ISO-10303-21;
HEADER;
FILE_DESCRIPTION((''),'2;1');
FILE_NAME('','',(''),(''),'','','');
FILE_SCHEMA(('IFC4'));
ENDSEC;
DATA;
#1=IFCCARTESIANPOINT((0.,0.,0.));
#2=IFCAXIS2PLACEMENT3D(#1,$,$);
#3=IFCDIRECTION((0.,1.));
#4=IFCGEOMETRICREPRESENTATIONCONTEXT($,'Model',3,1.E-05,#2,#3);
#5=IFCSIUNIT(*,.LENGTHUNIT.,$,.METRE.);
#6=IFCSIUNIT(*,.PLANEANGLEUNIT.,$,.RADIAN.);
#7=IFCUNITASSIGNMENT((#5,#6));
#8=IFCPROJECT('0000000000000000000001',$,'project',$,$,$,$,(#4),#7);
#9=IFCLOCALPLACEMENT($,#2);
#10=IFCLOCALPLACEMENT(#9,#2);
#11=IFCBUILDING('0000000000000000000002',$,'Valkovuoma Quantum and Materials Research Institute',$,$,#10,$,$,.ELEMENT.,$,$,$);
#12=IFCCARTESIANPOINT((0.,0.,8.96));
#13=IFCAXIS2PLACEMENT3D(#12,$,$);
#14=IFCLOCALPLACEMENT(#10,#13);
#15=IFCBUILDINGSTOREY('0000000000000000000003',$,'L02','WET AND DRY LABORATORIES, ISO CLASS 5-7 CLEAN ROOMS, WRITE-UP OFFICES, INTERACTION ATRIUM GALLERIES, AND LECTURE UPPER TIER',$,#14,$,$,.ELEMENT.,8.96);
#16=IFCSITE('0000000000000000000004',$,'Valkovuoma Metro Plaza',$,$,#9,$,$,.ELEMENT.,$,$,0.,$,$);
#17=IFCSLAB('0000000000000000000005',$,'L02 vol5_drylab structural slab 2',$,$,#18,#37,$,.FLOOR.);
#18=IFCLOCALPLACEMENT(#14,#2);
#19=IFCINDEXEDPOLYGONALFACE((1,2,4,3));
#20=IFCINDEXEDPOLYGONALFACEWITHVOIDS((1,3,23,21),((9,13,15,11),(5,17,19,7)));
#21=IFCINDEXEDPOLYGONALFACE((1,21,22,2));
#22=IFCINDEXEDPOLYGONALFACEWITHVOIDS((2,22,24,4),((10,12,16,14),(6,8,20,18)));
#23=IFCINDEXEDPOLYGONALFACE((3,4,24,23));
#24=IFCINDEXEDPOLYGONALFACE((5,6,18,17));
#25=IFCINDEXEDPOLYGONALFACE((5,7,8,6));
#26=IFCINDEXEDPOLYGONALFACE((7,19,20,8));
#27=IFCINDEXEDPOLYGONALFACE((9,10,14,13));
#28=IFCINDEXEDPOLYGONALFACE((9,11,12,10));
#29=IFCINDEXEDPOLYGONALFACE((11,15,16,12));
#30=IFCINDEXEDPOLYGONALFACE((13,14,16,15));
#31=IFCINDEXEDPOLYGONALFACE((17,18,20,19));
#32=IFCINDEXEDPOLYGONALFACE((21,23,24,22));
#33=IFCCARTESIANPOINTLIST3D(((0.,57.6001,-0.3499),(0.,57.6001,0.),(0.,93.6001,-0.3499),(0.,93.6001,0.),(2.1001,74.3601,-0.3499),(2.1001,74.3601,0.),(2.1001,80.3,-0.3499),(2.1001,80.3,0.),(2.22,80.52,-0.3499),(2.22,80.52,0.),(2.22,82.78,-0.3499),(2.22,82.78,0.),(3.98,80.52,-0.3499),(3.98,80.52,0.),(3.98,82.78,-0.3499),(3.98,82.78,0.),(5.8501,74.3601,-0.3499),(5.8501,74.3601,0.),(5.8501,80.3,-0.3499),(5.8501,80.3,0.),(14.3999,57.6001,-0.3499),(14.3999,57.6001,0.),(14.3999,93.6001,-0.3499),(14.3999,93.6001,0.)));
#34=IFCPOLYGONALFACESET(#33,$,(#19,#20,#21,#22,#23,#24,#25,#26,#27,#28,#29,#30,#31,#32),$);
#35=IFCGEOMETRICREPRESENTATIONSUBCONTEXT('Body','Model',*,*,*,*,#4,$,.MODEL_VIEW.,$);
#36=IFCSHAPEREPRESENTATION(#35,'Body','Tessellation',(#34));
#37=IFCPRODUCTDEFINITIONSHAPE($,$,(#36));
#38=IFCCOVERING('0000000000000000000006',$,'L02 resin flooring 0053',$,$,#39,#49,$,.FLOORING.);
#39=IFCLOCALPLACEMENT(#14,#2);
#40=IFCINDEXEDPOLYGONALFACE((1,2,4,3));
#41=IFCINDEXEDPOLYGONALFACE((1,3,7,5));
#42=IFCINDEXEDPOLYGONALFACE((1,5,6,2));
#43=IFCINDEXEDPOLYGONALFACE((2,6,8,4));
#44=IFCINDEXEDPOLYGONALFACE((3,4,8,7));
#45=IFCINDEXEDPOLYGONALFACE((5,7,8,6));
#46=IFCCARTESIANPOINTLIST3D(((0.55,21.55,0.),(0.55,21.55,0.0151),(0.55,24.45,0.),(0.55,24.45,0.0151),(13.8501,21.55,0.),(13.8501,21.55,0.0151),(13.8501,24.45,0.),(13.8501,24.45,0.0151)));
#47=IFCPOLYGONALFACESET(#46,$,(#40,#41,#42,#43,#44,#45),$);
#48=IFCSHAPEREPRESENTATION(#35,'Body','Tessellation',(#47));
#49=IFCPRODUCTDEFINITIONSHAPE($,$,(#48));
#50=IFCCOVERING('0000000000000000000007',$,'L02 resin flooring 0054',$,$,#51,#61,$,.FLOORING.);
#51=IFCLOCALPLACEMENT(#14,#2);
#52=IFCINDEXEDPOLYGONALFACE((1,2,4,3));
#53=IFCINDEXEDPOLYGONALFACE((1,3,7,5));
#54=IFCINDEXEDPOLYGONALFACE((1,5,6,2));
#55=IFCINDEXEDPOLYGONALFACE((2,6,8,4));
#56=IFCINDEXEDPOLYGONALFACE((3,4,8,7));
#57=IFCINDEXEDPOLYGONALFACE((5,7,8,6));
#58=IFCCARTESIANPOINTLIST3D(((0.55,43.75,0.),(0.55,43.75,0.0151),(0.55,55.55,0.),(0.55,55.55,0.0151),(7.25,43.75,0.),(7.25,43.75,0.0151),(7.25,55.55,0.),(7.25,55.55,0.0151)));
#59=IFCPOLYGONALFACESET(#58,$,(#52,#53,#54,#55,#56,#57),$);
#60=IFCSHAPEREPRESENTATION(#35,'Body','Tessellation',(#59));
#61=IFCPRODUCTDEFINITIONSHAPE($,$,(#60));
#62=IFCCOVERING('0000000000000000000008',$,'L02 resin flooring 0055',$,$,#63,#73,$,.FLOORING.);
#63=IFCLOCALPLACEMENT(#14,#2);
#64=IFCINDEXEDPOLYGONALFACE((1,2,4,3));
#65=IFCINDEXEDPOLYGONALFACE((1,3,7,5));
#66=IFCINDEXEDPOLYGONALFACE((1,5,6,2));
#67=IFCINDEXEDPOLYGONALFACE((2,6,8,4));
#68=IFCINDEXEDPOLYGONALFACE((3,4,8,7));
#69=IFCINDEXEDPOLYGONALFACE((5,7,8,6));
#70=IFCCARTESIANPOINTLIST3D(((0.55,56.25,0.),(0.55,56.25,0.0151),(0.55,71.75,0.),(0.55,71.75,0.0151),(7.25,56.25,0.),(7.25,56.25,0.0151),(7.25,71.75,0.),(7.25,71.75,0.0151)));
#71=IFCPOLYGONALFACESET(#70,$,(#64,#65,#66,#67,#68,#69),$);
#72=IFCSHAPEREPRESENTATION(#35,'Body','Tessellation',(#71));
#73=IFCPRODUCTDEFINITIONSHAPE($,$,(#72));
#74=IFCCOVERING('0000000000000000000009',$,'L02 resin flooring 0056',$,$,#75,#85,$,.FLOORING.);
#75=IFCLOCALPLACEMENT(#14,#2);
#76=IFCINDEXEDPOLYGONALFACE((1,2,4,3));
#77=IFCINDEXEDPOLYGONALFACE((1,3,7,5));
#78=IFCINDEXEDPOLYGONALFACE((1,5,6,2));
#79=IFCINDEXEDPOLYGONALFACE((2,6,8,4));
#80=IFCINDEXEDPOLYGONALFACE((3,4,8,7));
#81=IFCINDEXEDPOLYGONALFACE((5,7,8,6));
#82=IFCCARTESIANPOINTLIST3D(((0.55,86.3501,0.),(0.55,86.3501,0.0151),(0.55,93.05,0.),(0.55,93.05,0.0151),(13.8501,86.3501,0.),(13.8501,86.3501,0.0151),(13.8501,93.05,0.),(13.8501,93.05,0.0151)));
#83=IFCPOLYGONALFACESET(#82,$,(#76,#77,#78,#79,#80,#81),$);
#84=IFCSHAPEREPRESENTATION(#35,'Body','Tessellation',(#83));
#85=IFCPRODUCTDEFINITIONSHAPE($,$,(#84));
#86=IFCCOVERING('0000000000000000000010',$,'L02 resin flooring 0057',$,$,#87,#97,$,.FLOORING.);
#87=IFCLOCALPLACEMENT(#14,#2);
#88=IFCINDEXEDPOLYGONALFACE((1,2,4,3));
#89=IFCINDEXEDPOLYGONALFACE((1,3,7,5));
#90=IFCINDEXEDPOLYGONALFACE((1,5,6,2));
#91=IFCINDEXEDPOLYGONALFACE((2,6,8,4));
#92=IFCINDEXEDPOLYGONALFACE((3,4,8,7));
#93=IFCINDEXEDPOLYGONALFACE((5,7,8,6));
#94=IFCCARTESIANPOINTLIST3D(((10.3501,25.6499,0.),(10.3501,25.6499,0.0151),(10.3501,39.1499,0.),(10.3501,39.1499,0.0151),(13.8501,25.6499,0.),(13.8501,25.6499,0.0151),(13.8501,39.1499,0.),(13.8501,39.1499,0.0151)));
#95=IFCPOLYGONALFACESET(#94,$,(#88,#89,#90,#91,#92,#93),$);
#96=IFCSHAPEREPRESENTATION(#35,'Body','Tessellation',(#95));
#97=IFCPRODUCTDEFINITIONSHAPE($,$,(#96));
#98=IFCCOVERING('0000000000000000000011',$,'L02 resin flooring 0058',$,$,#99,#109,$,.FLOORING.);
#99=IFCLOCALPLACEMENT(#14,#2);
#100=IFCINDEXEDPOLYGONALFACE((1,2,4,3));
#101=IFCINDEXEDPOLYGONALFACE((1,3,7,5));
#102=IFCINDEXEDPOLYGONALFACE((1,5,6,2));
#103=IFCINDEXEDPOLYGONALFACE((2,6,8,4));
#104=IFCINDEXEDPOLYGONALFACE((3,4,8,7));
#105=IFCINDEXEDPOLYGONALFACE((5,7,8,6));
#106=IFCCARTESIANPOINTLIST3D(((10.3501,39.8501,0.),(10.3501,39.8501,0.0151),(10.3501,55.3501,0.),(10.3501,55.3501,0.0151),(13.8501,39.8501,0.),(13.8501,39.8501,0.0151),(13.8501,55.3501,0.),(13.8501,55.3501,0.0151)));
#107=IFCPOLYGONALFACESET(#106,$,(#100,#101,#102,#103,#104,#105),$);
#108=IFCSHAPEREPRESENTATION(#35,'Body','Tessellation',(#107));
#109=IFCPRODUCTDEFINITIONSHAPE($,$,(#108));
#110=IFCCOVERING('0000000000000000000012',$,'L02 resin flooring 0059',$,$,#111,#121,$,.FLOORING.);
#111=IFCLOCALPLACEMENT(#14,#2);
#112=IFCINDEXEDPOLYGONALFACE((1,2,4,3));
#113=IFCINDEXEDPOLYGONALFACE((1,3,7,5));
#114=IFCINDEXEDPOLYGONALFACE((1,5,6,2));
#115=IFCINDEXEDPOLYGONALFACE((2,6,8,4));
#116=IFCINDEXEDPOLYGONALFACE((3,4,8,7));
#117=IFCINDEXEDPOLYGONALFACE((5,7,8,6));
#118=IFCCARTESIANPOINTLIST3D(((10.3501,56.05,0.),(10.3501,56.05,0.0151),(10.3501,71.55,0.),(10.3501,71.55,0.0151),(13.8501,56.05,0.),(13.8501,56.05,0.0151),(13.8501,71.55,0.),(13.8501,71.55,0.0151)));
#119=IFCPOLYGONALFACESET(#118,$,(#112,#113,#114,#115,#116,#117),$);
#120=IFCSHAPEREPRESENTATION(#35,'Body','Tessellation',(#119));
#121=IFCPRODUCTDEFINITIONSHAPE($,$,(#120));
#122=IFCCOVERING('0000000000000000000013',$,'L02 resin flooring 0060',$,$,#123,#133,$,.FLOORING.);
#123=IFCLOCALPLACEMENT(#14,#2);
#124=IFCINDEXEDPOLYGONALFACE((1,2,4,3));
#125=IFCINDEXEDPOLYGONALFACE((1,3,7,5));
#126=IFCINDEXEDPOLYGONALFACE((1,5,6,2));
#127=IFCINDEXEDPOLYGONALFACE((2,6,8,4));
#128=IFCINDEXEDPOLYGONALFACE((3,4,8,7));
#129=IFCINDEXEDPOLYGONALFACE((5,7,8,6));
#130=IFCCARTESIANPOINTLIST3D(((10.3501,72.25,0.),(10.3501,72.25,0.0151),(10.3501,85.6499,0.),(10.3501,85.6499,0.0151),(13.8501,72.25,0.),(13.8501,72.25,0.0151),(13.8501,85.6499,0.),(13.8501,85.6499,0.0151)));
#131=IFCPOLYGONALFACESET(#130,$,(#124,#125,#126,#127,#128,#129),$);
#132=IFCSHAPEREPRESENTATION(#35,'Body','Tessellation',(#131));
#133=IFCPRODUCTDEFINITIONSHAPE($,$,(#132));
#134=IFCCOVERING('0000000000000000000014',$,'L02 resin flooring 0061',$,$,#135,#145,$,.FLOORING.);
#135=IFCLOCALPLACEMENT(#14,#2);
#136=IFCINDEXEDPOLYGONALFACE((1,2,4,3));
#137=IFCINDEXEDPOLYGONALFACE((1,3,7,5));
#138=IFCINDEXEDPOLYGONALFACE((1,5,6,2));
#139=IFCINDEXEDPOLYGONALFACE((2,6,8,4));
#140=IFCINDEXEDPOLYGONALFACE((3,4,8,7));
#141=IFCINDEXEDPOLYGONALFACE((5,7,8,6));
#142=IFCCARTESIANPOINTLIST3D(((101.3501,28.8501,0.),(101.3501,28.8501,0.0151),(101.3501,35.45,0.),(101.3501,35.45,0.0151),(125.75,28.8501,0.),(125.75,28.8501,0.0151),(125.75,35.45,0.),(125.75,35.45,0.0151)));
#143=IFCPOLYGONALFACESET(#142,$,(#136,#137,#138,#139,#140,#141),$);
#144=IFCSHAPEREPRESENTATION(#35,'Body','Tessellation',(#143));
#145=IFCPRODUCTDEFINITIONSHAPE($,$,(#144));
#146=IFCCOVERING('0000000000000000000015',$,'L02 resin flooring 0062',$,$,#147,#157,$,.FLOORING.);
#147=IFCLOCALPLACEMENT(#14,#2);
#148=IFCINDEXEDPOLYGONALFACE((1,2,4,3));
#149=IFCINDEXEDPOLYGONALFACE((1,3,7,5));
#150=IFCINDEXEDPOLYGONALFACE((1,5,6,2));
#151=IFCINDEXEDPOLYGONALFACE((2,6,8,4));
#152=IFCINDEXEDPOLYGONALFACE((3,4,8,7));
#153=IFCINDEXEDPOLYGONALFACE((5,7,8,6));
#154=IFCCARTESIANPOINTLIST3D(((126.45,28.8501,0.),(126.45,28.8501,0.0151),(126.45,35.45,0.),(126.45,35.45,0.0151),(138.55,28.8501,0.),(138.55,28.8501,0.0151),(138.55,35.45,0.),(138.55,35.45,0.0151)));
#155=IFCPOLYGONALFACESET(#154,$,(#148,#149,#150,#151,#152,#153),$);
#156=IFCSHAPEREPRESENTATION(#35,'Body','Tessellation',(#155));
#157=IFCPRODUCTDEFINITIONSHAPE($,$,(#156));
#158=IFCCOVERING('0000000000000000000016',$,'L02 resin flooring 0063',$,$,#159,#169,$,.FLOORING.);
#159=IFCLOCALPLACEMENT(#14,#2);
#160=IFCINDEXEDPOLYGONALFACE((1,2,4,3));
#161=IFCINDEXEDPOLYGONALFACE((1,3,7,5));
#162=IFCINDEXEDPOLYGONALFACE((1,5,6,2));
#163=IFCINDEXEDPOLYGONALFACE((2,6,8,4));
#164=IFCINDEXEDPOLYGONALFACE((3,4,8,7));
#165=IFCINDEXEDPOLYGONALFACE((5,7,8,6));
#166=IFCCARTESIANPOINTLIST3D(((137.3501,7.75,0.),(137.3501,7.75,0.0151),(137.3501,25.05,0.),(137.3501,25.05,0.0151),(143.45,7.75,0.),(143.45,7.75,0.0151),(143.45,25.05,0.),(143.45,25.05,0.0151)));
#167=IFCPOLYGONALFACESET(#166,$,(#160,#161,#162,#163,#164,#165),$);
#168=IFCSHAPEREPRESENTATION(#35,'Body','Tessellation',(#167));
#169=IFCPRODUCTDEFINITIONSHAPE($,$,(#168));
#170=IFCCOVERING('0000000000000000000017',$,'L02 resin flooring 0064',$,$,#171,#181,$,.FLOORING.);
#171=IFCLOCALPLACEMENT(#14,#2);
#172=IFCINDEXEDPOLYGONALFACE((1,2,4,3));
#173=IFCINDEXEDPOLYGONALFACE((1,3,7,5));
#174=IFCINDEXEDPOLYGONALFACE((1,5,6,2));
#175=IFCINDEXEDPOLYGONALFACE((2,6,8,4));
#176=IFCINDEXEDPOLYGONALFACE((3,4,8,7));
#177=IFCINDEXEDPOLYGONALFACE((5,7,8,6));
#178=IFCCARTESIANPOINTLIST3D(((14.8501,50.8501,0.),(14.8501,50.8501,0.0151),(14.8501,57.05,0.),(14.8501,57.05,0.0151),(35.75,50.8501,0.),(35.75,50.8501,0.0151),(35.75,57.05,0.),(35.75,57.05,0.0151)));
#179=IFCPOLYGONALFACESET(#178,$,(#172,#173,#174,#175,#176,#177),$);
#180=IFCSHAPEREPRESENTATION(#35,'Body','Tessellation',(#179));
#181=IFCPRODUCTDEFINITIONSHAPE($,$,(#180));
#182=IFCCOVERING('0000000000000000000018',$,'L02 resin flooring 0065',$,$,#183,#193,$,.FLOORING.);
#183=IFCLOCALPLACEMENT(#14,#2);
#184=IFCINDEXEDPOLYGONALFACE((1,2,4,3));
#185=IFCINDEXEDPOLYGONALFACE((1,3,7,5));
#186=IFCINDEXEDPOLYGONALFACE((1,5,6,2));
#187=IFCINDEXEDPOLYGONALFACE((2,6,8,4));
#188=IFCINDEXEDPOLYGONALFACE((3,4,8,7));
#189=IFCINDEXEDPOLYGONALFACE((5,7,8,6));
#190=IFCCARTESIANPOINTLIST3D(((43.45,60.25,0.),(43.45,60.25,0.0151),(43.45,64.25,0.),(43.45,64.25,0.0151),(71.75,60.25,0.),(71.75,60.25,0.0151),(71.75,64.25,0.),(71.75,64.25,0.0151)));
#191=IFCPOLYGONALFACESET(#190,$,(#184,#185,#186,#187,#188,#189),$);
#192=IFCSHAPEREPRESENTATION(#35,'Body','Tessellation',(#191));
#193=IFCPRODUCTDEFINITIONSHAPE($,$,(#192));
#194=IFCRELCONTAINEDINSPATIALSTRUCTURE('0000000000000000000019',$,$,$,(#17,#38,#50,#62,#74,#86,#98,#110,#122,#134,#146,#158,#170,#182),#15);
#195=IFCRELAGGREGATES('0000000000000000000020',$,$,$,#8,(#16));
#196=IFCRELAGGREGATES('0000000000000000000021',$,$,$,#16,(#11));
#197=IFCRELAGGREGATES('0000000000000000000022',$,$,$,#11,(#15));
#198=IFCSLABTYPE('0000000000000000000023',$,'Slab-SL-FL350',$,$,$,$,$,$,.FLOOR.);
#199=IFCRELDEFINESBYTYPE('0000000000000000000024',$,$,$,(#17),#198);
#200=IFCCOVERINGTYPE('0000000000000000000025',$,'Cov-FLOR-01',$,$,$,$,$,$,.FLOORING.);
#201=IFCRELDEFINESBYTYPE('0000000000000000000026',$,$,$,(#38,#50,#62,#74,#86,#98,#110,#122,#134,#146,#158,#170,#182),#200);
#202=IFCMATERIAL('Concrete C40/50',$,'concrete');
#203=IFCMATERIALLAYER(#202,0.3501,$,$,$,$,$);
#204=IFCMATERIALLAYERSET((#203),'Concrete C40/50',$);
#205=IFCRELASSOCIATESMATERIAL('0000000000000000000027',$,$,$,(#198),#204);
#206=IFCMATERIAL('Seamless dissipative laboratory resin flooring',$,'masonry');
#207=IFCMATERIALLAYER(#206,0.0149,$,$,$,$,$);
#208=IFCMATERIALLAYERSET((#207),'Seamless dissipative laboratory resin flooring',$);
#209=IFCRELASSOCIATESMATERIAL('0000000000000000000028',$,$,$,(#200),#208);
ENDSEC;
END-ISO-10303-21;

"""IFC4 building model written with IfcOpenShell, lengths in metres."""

from ifc_helpers import new_model, si_unit, direction, frame, origin, place, context, subcontext, project, spatial, polyline, outline, extrude, material, layer, layer_set, type_object, element, save


model = new_model("IFC4")

# Units and contexts
model_context = context("Model", 3, precision=1e-05, world=origin(), true_north=direction((0.0, 1.0)))
body_context = subcontext(model_context, "Body", "Model", "MODEL_VIEW")
ifc_project = project(units=[si_unit("LENGTHUNIT", "METRE"), si_unit("PLANEANGLEUNIT", "RADIAN")], contexts=[model_context])

# Site, building, storey
site_placement = place(None, origin())
site = spatial("IfcSite", under=ifc_project, at=site_placement, Name="Valkovuoma Metro Plaza", CompositionType="ELEMENT", RefElevation=0.0)
building_placement = place(site_placement, origin())
building = spatial("IfcBuilding", under=site, at=building_placement, Name="Valkovuoma Quantum and Materials Research Institute", CompositionType="ELEMENT")
storey_placement = place(building_placement, frame((0.0, 0.0, 8.96)))
storey = spatial("IfcBuildingStorey", under=building, at=storey_placement, Name="L02", Description="WET AND DRY LABORATORIES, ISO CLASS 5-7 CLEAN ROOMS, WRITE-UP OFFICES, INTERACTION ATRIUM GALLERIES, AND LECTURE UPPER TIER", CompositionType="ELEMENT", Elevation=8.96)

# Slab
ifc_material_1 = material(Name="Concrete C40/50", Category="concrete")
ifc_layer_1 = layer(ifc_material_1, 0.3501)
ifc_layer_set_1 = layer_set([ifc_layer_1], Name="Concrete C40/50")
slab_type = type_object("IfcSlabType", Name="Slab-SL-FL350", PredefinedType="FLOOR", material=ifc_layer_set_1)
slab_1_placement = place(storey_placement, frame((0.0, 0.0, -0.3499)))
element("IfcSlab", 1, at=slab_1_placement, inside=storey, type_object=slab_type, Name="L02 vol5_drylab structural slab 2", PredefinedType="FLOOR", context=body_context, shape_type="SweptSolid", body=[
    extrude(outline(polyline([(0.0, 57.6001), (14.3999, 57.6001), (14.3999, 93.6001), (0.0, 93.6001), (0.0, 57.6001)]), holes=[polyline([(2.1001, 74.3601), (5.8501, 74.3601), (5.8501, 80.3), (2.1001, 80.3), (2.1001, 74.3601)]), polyline([(2.22, 80.52), (3.98, 80.52), (3.98, 82.78), (2.22, 82.78), (2.22, 80.52)])]), origin(), (0.0, 0.0, 1.0), 0.3499),
])

# Coverings
ifc_material_2 = material(Name="Seamless dissipative laboratory resin flooring", Category="masonry")
ifc_layer_2 = layer(ifc_material_2, 0.0149)
ifc_layer_set_2 = layer_set([ifc_layer_2], Name="Seamless dissipative laboratory resin flooring")
covering_type = type_object("IfcCoveringType", Name="Cov-FLOR-01", PredefinedType="FLOORING", material=ifc_layer_set_2)
covering_1_placement = place(storey_placement, origin())
element("IfcCovering", 2, at=covering_1_placement, inside=storey, type_object=covering_type, Name="L02 resin flooring 0053", PredefinedType="FLOORING", context=body_context, shape_type="SweptSolid", body=[
    extrude(outline(polyline([(0.55, 21.55), (13.8501, 21.55), (13.8501, 24.45), (0.55, 24.45), (0.55, 21.55)])), origin(), (0.0, 0.0, 1.0), 0.0151),
])
covering_2_placement = place(storey_placement, origin())
element("IfcCovering", 3, at=covering_2_placement, inside=storey, type_object=covering_type, Name="L02 resin flooring 0054", PredefinedType="FLOORING", context=body_context, shape_type="SweptSolid", body=[
    extrude(outline(polyline([(0.55, 43.75), (7.25, 43.75), (7.25, 55.55), (0.55, 55.55), (0.55, 43.75)])), origin(), (0.0, 0.0, 1.0), 0.0151),
])
covering_3_placement = place(storey_placement, origin())
element("IfcCovering", 4, at=covering_3_placement, inside=storey, type_object=covering_type, Name="L02 resin flooring 0055", PredefinedType="FLOORING", context=body_context, shape_type="SweptSolid", body=[
    extrude(outline(polyline([(0.55, 56.25), (7.25, 56.25), (7.25, 71.75), (0.55, 71.75), (0.55, 56.25)])), origin(), (0.0, 0.0, 1.0), 0.0151),
])
covering_4_placement = place(storey_placement, origin())
element("IfcCovering", 5, at=covering_4_placement, inside=storey, type_object=covering_type, Name="L02 resin flooring 0056", PredefinedType="FLOORING", context=body_context, shape_type="SweptSolid", body=[
    extrude(outline(polyline([(0.55, 86.3501), (13.8501, 86.3501), (13.8501, 93.05), (0.55, 93.05), (0.55, 86.3501)])), origin(), (0.0, 0.0, 1.0), 0.0151),
])
covering_5_placement = place(storey_placement, origin())
element("IfcCovering", 6, at=covering_5_placement, inside=storey, type_object=covering_type, Name="L02 resin flooring 0057", PredefinedType="FLOORING", context=body_context, shape_type="SweptSolid", body=[
    extrude(outline(polyline([(10.3501, 25.6499), (13.8501, 25.6499), (13.8501, 39.1499), (10.3501, 39.1499), (10.3501, 25.6499)])), origin(), (0.0, 0.0, 1.0), 0.0151),
])
covering_6_placement = place(storey_placement, origin())
element("IfcCovering", 7, at=covering_6_placement, inside=storey, type_object=covering_type, Name="L02 resin flooring 0058", PredefinedType="FLOORING", context=body_context, shape_type="SweptSolid", body=[
    extrude(outline(polyline([(10.3501, 39.8501), (13.8501, 39.8501), (13.8501, 55.3501), (10.3501, 55.3501), (10.3501, 39.8501)])), origin(), (0.0, 0.0, 1.0), 0.0151),
])
covering_7_placement = place(storey_placement, origin())
element("IfcCovering", 8, at=covering_7_placement, inside=storey, type_object=covering_type, Name="L02 resin flooring 0059", PredefinedType="FLOORING", context=body_context, shape_type="SweptSolid", body=[
    extrude(outline(polyline([(10.3501, 56.05), (13.8501, 56.05), (13.8501, 71.55), (10.3501, 71.55), (10.3501, 56.05)])), origin(), (0.0, 0.0, 1.0), 0.0151),
])
covering_8_placement = place(storey_placement, origin())
element("IfcCovering", 9, at=covering_8_placement, inside=storey, type_object=covering_type, Name="L02 resin flooring 0060", PredefinedType="FLOORING", context=body_context, shape_type="SweptSolid", body=[
    extrude(outline(polyline([(10.3501, 72.25), (13.8501, 72.25), (13.8501, 85.6499), (10.3501, 85.6499), (10.3501, 72.25)])), origin(), (0.0, 0.0, 1.0), 0.0151),
])
covering_9_placement = place(storey_placement, origin())
element("IfcCovering", 10, at=covering_9_placement, inside=storey, type_object=covering_type, Name="L02 resin flooring 0061", PredefinedType="FLOORING", context=body_context, shape_type="SweptSolid", body=[
    extrude(outline(polyline([(101.3501, 28.8501), (125.75, 28.8501), (125.75, 35.45), (101.3501, 35.45), (101.3501, 28.8501)])), origin(), (0.0, 0.0, 1.0), 0.0151),
])
covering_10_placement = place(storey_placement, origin())
element("IfcCovering", 11, at=covering_10_placement, inside=storey, type_object=covering_type, Name="L02 resin flooring 0062", PredefinedType="FLOORING", context=body_context, shape_type="SweptSolid", body=[
    extrude(outline(polyline([(126.45, 28.8501), (138.55, 28.8501), (138.55, 35.45), (126.45, 35.45), (126.45, 28.8501)])), origin(), (0.0, 0.0, 1.0), 0.0151),
])
covering_11_placement = place(storey_placement, origin())
element("IfcCovering", 12, at=covering_11_placement, inside=storey, type_object=covering_type, Name="L02 resin flooring 0063", PredefinedType="FLOORING", context=body_context, shape_type="SweptSolid", body=[
    extrude(outline(polyline([(137.3501, 7.75), (143.45, 7.75), (143.45, 25.05), (137.3501, 25.05), (137.3501, 7.75)])), origin(), (0.0, 0.0, 1.0), 0.0151),
])
covering_12_placement = place(storey_placement, origin())
element("IfcCovering", 13, at=covering_12_placement, inside=storey, type_object=covering_type, Name="L02 resin flooring 0064", PredefinedType="FLOORING", context=body_context, shape_type="SweptSolid", body=[
    extrude(outline(polyline([(14.8501, 50.8501), (35.75, 50.8501), (35.75, 57.05), (14.8501, 57.05), (14.8501, 50.8501)])), origin(), (0.0, 0.0, 1.0), 0.0151),
])
covering_13_placement = place(storey_placement, origin())
element("IfcCovering", 14, at=covering_13_placement, inside=storey, type_object=covering_type, Name="L02 resin flooring 0065", PredefinedType="FLOORING", context=body_context, shape_type="SweptSolid", body=[
    extrude(outline(polyline([(43.45, 60.25), (71.75, 60.25), (71.75, 64.25), (43.45, 64.25), (43.45, 60.25)])), origin(), (0.0, 0.0, 1.0), 0.0151),
])

save(model, "model.ifc")
